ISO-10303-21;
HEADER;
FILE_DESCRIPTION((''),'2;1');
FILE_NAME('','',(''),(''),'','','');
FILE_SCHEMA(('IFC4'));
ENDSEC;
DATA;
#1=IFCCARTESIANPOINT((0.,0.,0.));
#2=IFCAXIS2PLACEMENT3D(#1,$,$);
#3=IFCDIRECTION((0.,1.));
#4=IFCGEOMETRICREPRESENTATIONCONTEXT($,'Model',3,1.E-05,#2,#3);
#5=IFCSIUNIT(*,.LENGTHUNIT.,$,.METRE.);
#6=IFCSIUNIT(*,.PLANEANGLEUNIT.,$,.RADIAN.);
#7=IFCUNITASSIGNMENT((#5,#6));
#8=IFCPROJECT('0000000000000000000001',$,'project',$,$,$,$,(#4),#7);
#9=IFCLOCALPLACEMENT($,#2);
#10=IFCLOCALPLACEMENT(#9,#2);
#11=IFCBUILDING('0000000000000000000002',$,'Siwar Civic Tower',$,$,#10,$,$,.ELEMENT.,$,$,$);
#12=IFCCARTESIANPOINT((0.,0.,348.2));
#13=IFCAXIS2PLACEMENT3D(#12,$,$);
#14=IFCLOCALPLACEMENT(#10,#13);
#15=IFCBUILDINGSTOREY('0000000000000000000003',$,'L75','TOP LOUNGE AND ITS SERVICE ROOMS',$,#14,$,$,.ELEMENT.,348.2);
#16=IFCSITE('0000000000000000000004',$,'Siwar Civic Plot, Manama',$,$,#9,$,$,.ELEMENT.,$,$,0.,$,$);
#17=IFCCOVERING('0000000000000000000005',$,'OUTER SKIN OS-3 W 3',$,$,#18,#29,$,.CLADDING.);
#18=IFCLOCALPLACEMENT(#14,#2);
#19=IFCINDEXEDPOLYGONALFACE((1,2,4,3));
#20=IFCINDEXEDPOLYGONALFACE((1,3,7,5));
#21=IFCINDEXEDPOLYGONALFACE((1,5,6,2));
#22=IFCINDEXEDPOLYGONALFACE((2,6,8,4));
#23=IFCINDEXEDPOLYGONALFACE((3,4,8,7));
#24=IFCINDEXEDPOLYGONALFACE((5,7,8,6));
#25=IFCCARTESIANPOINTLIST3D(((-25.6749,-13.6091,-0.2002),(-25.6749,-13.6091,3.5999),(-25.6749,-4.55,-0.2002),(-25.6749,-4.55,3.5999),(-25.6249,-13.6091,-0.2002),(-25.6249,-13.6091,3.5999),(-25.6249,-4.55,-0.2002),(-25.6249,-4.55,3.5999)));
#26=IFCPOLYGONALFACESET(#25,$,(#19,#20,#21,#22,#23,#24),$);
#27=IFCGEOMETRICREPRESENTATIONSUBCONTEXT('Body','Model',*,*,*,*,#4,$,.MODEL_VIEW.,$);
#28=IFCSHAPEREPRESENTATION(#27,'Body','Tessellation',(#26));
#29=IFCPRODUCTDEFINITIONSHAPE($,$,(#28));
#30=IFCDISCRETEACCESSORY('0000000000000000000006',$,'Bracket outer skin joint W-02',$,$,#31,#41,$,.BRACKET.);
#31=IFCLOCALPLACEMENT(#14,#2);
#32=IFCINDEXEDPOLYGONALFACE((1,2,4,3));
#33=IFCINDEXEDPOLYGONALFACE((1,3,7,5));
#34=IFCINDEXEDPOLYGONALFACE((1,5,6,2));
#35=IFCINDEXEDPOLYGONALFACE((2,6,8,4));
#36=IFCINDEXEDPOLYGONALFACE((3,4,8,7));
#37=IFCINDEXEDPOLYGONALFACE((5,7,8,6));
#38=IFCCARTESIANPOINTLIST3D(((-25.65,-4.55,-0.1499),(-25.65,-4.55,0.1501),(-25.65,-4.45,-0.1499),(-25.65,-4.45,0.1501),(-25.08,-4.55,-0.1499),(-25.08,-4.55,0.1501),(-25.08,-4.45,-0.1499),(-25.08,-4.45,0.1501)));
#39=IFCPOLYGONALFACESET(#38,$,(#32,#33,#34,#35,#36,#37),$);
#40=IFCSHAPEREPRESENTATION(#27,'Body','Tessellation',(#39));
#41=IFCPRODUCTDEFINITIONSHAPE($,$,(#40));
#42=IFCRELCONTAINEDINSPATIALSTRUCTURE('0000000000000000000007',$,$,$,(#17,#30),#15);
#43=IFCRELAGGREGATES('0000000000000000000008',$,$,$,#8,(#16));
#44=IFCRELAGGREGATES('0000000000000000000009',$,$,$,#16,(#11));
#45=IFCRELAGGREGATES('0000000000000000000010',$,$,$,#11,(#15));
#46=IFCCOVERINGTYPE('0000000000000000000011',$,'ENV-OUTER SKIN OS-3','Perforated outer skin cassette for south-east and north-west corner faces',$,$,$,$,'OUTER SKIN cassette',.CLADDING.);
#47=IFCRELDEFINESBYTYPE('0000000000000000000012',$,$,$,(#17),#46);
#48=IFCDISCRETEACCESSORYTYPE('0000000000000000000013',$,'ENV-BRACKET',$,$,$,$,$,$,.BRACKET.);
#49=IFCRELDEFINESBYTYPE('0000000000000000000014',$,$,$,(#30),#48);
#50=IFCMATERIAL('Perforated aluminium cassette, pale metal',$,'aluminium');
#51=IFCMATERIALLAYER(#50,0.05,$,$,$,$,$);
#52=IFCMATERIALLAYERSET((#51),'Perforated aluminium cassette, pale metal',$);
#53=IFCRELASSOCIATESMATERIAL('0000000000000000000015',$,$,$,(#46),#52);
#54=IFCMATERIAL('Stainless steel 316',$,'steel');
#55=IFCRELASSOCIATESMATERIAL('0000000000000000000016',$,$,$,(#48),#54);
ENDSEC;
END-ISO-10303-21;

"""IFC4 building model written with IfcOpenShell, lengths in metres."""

from ifc_helpers import new_model, si_unit, direction, frame, origin, origin_2d, place, context, subcontext, project, spatial, rectangle, extrude, material, layer, layer_set, type_object, element, save


model = new_model("IFC4")

# Units and contexts
model_context = context("Model", 3, precision=1e-05, world=origin(), true_north=direction((0.0, 1.0)))
body_context = subcontext(model_context, "Body", "Model", "MODEL_VIEW")
ifc_project = project(units=[si_unit("LENGTHUNIT", "METRE"), si_unit("PLANEANGLEUNIT", "RADIAN")], contexts=[model_context])

# Site, building, storey
site_placement = place(None, origin())
site = spatial("IfcSite", under=ifc_project, at=site_placement, Name="Siwar Civic Plot, Manama", CompositionType="ELEMENT", RefElevation=0.0)
building_placement = place(site_placement, origin())
building = spatial("IfcBuilding", under=site, at=building_placement, Name="Siwar Civic Tower", CompositionType="ELEMENT")
storey_placement = place(building_placement, frame((0.0, 0.0, 348.2)))
storey = spatial("IfcBuildingStorey", under=building, at=storey_placement, Name="L75", Description="TOP LOUNGE AND ITS SERVICE ROOMS", CompositionType="ELEMENT", Elevation=348.2)

# Covering
ifc_material_1 = material(Name="Perforated aluminium cassette, pale metal", Category="aluminium")
ifc_layer_1 = layer(ifc_material_1, 0.05)
ifc_layer_set_1 = layer_set([ifc_layer_1], Name="Perforated aluminium cassette, pale metal")
covering_type = type_object("IfcCoveringType", Name="ENV-OUTER SKIN OS-3", Description="Perforated outer skin cassette for south-east and north-west corner faces", ElementType="OUTER SKIN cassette", PredefinedType="CLADDING", material=ifc_layer_set_1)
covering_1_placement = place(storey_placement, frame((-25.6499, -9.0796, -0.2002), z_axis=(0.0, 0.0, 1.0), x_axis=(0.0, -1.0, 0.0)))
element("IfcCovering", 1, at=covering_1_placement, inside=storey, type_object=covering_type, Name="OUTER SKIN OS-3 W 3", PredefinedType="CLADDING", context=body_context, shape_type="SweptSolid", body=[
    extrude(rectangle(XDim=9.0591, YDim=0.05, at=origin_2d()), origin(), (0.0, 0.0, 1.0), 3.8),
])

# Discrete accessory
ifc_material_2 = material(Name="Stainless steel 316", Category="steel")
discrete_accessory_type = type_object("IfcDiscreteAccessoryType", Name="ENV-BRACKET", PredefinedType="BRACKET", material=ifc_material_2)
discrete_accessory_placement = place(storey_placement, frame((-25.365, -4.5, -0.1499), z_axis=(0.0, 0.0, 1.0), x_axis=(-1.0, 0.0, 0.0)))
element("IfcDiscreteAccessory", 2, at=discrete_accessory_placement, inside=storey, type_object=discrete_accessory_type, Name="Bracket outer skin joint W-02", PredefinedType="BRACKET", context=body_context, shape_type="SweptSolid", body=[
    extrude(rectangle(XDim=0.5701, YDim=0.1001, at=origin_2d()), origin(), (0.0, 0.0, 1.0), 0.3),
])

save(model, "model.ifc")
